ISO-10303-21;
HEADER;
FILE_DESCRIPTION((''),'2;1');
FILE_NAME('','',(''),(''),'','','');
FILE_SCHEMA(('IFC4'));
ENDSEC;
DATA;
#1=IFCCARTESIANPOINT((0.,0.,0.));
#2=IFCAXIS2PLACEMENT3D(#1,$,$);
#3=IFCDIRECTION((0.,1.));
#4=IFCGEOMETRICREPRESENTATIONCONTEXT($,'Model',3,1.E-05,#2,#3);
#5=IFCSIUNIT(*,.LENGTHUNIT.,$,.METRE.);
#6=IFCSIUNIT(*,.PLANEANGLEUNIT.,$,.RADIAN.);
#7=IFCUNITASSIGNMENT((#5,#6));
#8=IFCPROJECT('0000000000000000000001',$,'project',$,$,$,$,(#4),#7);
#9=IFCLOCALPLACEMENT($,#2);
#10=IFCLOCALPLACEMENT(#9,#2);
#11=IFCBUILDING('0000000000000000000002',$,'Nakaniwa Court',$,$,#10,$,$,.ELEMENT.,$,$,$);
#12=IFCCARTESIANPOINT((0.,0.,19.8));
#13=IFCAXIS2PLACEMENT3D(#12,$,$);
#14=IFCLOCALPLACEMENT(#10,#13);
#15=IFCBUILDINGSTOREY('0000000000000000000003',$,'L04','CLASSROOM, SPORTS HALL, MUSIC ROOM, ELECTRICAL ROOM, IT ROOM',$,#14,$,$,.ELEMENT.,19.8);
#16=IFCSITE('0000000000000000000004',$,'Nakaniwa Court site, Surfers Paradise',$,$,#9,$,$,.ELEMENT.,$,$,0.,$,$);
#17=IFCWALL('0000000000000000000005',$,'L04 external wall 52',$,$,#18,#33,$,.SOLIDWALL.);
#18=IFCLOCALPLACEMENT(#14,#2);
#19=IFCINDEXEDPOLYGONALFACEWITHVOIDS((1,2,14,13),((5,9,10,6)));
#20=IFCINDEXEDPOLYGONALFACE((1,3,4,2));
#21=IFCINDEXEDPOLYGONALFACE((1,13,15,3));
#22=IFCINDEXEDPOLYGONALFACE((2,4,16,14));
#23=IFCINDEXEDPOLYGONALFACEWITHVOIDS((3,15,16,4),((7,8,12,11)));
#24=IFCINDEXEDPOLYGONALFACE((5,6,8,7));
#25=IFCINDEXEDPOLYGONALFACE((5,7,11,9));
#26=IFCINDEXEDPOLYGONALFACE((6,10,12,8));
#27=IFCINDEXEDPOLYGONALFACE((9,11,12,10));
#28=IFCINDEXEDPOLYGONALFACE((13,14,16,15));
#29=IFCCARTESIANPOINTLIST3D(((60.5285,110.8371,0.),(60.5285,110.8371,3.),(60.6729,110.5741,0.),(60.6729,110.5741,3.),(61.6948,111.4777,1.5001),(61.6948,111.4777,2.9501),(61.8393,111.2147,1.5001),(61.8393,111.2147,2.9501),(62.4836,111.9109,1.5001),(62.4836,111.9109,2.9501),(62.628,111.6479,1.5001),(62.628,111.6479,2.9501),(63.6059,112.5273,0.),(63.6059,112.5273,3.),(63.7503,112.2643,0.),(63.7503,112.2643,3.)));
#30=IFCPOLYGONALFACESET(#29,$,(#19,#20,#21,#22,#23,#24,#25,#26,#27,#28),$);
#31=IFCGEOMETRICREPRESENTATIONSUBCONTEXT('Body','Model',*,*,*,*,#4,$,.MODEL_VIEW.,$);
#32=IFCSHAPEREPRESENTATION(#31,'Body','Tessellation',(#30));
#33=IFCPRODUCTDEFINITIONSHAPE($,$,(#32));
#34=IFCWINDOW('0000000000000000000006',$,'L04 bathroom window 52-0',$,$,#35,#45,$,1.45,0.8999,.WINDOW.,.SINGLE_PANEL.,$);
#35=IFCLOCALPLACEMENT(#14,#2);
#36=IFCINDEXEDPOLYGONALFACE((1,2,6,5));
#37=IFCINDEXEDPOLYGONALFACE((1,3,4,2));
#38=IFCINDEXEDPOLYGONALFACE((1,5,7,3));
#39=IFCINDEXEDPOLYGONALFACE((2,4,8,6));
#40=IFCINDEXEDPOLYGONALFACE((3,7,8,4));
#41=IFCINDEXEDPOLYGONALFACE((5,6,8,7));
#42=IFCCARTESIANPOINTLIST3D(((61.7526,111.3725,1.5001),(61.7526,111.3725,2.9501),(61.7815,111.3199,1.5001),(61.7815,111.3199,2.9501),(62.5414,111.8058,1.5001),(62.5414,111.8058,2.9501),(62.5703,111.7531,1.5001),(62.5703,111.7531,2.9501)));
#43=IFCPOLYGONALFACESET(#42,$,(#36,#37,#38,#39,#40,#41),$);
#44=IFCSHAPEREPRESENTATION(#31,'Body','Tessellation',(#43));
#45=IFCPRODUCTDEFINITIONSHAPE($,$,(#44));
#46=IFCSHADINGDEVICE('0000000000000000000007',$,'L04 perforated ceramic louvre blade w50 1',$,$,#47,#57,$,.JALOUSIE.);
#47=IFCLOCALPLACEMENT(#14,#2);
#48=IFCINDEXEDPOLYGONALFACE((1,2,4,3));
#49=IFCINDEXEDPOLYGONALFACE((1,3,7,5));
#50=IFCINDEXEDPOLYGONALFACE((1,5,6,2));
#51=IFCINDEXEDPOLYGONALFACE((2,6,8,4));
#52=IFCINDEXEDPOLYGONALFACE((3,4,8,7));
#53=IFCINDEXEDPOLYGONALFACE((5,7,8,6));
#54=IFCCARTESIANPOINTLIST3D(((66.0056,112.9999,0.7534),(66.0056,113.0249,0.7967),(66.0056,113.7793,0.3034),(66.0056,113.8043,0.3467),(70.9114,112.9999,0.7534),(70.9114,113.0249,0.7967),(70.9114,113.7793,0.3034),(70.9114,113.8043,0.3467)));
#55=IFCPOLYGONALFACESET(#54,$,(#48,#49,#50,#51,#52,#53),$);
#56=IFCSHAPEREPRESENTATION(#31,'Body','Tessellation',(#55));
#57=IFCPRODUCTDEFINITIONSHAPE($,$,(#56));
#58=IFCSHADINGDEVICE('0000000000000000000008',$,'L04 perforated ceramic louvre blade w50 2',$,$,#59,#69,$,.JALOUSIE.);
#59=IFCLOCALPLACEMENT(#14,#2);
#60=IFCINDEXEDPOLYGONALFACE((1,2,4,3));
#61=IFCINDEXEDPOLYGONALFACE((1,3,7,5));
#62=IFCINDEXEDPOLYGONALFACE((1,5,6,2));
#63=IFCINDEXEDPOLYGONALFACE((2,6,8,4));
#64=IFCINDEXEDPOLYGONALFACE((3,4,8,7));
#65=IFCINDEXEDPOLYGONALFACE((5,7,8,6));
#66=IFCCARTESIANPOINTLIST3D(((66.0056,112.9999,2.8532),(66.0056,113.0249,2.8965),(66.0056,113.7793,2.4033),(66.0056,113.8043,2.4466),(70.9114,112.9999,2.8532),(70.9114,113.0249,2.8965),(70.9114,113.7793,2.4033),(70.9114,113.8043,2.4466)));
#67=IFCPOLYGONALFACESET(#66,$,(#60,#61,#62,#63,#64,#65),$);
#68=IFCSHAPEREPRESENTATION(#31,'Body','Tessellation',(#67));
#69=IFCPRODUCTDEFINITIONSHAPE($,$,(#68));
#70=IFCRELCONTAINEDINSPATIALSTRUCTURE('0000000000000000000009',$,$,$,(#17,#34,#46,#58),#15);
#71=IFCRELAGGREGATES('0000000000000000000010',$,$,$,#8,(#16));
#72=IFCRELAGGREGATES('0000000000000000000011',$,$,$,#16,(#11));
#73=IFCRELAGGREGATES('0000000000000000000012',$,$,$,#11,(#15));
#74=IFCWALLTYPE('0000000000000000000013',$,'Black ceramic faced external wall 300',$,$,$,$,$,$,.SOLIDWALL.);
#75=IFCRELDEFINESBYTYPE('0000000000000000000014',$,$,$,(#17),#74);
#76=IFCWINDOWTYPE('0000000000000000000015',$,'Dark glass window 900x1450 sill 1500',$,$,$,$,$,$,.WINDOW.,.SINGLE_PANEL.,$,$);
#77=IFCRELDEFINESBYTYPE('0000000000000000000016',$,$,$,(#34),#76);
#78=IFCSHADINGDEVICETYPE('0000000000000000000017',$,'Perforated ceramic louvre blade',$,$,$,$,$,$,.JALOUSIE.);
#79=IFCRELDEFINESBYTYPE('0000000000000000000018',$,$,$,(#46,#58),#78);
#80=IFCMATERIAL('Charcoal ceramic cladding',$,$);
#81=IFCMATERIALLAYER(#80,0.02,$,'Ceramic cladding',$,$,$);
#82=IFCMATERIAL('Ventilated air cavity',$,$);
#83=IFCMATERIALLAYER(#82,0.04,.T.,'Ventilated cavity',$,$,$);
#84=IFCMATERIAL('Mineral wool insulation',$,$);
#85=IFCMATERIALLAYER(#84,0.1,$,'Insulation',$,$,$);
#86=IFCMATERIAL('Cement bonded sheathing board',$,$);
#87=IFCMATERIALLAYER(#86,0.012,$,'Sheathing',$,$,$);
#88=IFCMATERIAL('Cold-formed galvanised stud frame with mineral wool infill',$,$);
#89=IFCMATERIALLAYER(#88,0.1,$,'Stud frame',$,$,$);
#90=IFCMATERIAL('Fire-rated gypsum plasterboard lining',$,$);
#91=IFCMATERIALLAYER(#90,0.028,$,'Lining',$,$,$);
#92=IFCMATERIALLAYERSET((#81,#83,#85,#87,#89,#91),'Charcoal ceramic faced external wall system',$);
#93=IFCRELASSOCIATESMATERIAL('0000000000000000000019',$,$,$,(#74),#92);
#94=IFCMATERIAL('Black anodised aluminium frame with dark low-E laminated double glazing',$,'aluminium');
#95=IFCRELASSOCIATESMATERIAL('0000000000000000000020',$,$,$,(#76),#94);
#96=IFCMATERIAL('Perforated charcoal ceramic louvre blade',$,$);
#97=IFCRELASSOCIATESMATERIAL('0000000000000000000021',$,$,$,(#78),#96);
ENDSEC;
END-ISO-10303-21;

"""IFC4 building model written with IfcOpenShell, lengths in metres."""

from ifc_helpers import new_model, si_unit, direction, frame, frame_2d, origin, origin_2d, place, context, subcontext, project, spatial, rectangle, extrude, material, layer, layer_set, material_profile, profile_set, type_object, element, fill, save


model = new_model("IFC4")

# Units and contexts
model_context = context("Model", 3, precision=1e-05, world=origin(), true_north=direction((0.0, 1.0)))
body_context = subcontext(model_context, "Body", "Model", "MODEL_VIEW")
ifc_project = project(units=[si_unit("LENGTHUNIT", "METRE"), si_unit("PLANEANGLEUNIT", "RADIAN")], contexts=[model_context])

# Site, building, storey
site_placement = place(None, origin())
site = spatial("IfcSite", under=ifc_project, at=site_placement, Name="Nakaniwa Court site, Surfers Paradise", CompositionType="ELEMENT", RefElevation=0.0)
building_placement = place(site_placement, origin())
building = spatial("IfcBuilding", under=site, at=building_placement, Name="Nakaniwa Court", CompositionType="ELEMENT")
storey_placement = place(building_placement, frame((0.0, 0.0, 19.8)))
storey = spatial("IfcBuildingStorey", under=building, at=storey_placement, Name="L04", Description="CLASSROOM, SPORTS HALL, MUSIC ROOM, ELECTRICAL ROOM, IT ROOM", CompositionType="ELEMENT", Elevation=19.8)

# Wall, opening, window
ifc_material_1 = material(Name="Charcoal ceramic cladding")
ifc_layer_1 = layer(ifc_material_1, 0.02, Name="Ceramic cladding")
ifc_material_2 = material(Name="Ventilated air cavity")
ifc_layer_2 = layer(ifc_material_2, 0.04, ventilated=True, Name="Ventilated cavity")
ifc_material_3 = material(Name="Mineral wool insulation")
ifc_layer_3 = layer(ifc_material_3, 0.1, Name="Insulation")
ifc_material_4 = material(Name="Cement bonded sheathing board")
ifc_layer_4 = layer(ifc_material_4, 0.012, Name="Sheathing")
ifc_material_5 = material(Name="Cold-formed galvanised stud frame with mineral wool infill")
ifc_layer_5 = layer(ifc_material_5, 0.1, Name="Stud frame")
ifc_material_6 = material(Name="Fire-rated gypsum plasterboard lining")
ifc_layer_6 = layer(ifc_material_6, 0.028, Name="Lining")
ifc_layer_set_1 = layer_set([ifc_layer_1, ifc_layer_2, ifc_layer_3, ifc_layer_4, ifc_layer_5, ifc_layer_6], Name="Charcoal ceramic faced external wall system")
wall_type_1 = type_object("IfcWallType", Name="Black ceramic faced external wall 300", PredefinedType="SOLIDWALL", material=ifc_layer_set_1)
ifc_material_7 = material(Name="Black anodised aluminium frame with dark low-E laminated double glazing", Category="aluminium")
window_type = type_object("IfcWindowType", Name="Dark glass window 900x1450 sill 1500", PartitioningType="SINGLE_PANEL", PredefinedType="WINDOW", material=ifc_material_7)
wall_1_placement = place(storey_placement, frame((63.678, 112.3958, 0.0), z_axis=(0.0, 0.0, 1.0), x_axis=(-0.876502, -0.481398, 0.0)))
wall_1 = element("IfcWall", 1, at=wall_1_placement, inside=storey, type_object=wall_type_1, Name="L04 external wall 52", PredefinedType="SOLIDWALL", context=body_context, shape_type="SweptSolid", body=[
    extrude(rectangle(XDim=3.511, YDim=0.3, at=frame_2d((1.7554, 0.0))), origin(), (0.0, 0.0, 1.0), 3.0),
])
opening_1_placement = place(wall_1_placement, frame((1.2803, 0.0, 1.5)))
opening_1 = element("IfcOpeningElement", 2, at=opening_1_placement, cuts=wall_1, PredefinedType="OPENING", context=body_context, shape_type="SweptSolid", body=[
    extrude(rectangle(XDim=0.8999, YDim=1.45, at=frame_2d((0.45, 0.7251))), frame((0.0, 0.1599, 0.0), z_axis=(0.0, -1.0, 0.0), x_axis=(1.0, 0.0, 0.0)), (0.0, 0.0, 1.0), 0.3201),
])
window_1_placement = place(opening_1_placement, origin())
window_1 = element("IfcWindow", 3, at=window_1_placement, inside=storey, type_object=window_type, Name="L04 bathroom window 52-0", OverallHeight=1.45, OverallWidth=0.8999, PartitioningType="SINGLE_PANEL", PredefinedType="WINDOW", context=body_context, shape_type="SweptSolid", body=[
    extrude(rectangle(XDim=0.8999, YDim=1.45, at=frame_2d((0.45, 0.7251))), frame((0.0, 0.03, 0.0), z_axis=(0.0, -1.0, 0.0), x_axis=(1.0, 0.0, 0.0)), (0.0, 0.0, 1.0), 0.0601),
])
fill(opening_1, window_1)

# Shading devices
ifc_material_8 = material(Name="Perforated charcoal ceramic louvre blade")
ifc_material_profile_1 = material_profile(ifc_material_8, rectangle(XDim=0.8999, YDim=0.05, at=origin_2d()), Name="Perforated ceramic louvre blade")
ifc_profile_set_1 = profile_set([ifc_material_profile_1], Name="Perforated charcoal ceramic louvre blade")
shading_device_type = type_object("IfcShadingDeviceType", Name="Perforated ceramic louvre blade", PredefinedType="JALOUSIE", material=ifc_profile_set_1)
for number, where, z_axis, x_axis, name in (
    (4, (70.9114, 113.4021, 0.55), (-1.0, 0.0, 0.0), (0.0, -0.866025, 0.5), "L04 perforated ceramic louvre blade w50 1"),
    (5, (70.9114, 113.4021, 2.6499), (-1.0, 0.0, 0.0), (0.0, -0.866025, 0.5), "L04 perforated ceramic louvre blade w50 2"),
):
    element("IfcShadingDevice", number, at=place(storey_placement, frame(where, z_axis=z_axis, x_axis=x_axis)), inside=storey, type_object=shading_device_type, Name=name, PredefinedType="JALOUSIE", context=body_context, shape_type="SweptSolid", body=[
        extrude(rectangle(XDim=0.8999, YDim=0.05, at=origin_2d()), origin(), (0.0, 0.0, 1.0), 4.9058),
    ])

save(model, "model.ifc")
